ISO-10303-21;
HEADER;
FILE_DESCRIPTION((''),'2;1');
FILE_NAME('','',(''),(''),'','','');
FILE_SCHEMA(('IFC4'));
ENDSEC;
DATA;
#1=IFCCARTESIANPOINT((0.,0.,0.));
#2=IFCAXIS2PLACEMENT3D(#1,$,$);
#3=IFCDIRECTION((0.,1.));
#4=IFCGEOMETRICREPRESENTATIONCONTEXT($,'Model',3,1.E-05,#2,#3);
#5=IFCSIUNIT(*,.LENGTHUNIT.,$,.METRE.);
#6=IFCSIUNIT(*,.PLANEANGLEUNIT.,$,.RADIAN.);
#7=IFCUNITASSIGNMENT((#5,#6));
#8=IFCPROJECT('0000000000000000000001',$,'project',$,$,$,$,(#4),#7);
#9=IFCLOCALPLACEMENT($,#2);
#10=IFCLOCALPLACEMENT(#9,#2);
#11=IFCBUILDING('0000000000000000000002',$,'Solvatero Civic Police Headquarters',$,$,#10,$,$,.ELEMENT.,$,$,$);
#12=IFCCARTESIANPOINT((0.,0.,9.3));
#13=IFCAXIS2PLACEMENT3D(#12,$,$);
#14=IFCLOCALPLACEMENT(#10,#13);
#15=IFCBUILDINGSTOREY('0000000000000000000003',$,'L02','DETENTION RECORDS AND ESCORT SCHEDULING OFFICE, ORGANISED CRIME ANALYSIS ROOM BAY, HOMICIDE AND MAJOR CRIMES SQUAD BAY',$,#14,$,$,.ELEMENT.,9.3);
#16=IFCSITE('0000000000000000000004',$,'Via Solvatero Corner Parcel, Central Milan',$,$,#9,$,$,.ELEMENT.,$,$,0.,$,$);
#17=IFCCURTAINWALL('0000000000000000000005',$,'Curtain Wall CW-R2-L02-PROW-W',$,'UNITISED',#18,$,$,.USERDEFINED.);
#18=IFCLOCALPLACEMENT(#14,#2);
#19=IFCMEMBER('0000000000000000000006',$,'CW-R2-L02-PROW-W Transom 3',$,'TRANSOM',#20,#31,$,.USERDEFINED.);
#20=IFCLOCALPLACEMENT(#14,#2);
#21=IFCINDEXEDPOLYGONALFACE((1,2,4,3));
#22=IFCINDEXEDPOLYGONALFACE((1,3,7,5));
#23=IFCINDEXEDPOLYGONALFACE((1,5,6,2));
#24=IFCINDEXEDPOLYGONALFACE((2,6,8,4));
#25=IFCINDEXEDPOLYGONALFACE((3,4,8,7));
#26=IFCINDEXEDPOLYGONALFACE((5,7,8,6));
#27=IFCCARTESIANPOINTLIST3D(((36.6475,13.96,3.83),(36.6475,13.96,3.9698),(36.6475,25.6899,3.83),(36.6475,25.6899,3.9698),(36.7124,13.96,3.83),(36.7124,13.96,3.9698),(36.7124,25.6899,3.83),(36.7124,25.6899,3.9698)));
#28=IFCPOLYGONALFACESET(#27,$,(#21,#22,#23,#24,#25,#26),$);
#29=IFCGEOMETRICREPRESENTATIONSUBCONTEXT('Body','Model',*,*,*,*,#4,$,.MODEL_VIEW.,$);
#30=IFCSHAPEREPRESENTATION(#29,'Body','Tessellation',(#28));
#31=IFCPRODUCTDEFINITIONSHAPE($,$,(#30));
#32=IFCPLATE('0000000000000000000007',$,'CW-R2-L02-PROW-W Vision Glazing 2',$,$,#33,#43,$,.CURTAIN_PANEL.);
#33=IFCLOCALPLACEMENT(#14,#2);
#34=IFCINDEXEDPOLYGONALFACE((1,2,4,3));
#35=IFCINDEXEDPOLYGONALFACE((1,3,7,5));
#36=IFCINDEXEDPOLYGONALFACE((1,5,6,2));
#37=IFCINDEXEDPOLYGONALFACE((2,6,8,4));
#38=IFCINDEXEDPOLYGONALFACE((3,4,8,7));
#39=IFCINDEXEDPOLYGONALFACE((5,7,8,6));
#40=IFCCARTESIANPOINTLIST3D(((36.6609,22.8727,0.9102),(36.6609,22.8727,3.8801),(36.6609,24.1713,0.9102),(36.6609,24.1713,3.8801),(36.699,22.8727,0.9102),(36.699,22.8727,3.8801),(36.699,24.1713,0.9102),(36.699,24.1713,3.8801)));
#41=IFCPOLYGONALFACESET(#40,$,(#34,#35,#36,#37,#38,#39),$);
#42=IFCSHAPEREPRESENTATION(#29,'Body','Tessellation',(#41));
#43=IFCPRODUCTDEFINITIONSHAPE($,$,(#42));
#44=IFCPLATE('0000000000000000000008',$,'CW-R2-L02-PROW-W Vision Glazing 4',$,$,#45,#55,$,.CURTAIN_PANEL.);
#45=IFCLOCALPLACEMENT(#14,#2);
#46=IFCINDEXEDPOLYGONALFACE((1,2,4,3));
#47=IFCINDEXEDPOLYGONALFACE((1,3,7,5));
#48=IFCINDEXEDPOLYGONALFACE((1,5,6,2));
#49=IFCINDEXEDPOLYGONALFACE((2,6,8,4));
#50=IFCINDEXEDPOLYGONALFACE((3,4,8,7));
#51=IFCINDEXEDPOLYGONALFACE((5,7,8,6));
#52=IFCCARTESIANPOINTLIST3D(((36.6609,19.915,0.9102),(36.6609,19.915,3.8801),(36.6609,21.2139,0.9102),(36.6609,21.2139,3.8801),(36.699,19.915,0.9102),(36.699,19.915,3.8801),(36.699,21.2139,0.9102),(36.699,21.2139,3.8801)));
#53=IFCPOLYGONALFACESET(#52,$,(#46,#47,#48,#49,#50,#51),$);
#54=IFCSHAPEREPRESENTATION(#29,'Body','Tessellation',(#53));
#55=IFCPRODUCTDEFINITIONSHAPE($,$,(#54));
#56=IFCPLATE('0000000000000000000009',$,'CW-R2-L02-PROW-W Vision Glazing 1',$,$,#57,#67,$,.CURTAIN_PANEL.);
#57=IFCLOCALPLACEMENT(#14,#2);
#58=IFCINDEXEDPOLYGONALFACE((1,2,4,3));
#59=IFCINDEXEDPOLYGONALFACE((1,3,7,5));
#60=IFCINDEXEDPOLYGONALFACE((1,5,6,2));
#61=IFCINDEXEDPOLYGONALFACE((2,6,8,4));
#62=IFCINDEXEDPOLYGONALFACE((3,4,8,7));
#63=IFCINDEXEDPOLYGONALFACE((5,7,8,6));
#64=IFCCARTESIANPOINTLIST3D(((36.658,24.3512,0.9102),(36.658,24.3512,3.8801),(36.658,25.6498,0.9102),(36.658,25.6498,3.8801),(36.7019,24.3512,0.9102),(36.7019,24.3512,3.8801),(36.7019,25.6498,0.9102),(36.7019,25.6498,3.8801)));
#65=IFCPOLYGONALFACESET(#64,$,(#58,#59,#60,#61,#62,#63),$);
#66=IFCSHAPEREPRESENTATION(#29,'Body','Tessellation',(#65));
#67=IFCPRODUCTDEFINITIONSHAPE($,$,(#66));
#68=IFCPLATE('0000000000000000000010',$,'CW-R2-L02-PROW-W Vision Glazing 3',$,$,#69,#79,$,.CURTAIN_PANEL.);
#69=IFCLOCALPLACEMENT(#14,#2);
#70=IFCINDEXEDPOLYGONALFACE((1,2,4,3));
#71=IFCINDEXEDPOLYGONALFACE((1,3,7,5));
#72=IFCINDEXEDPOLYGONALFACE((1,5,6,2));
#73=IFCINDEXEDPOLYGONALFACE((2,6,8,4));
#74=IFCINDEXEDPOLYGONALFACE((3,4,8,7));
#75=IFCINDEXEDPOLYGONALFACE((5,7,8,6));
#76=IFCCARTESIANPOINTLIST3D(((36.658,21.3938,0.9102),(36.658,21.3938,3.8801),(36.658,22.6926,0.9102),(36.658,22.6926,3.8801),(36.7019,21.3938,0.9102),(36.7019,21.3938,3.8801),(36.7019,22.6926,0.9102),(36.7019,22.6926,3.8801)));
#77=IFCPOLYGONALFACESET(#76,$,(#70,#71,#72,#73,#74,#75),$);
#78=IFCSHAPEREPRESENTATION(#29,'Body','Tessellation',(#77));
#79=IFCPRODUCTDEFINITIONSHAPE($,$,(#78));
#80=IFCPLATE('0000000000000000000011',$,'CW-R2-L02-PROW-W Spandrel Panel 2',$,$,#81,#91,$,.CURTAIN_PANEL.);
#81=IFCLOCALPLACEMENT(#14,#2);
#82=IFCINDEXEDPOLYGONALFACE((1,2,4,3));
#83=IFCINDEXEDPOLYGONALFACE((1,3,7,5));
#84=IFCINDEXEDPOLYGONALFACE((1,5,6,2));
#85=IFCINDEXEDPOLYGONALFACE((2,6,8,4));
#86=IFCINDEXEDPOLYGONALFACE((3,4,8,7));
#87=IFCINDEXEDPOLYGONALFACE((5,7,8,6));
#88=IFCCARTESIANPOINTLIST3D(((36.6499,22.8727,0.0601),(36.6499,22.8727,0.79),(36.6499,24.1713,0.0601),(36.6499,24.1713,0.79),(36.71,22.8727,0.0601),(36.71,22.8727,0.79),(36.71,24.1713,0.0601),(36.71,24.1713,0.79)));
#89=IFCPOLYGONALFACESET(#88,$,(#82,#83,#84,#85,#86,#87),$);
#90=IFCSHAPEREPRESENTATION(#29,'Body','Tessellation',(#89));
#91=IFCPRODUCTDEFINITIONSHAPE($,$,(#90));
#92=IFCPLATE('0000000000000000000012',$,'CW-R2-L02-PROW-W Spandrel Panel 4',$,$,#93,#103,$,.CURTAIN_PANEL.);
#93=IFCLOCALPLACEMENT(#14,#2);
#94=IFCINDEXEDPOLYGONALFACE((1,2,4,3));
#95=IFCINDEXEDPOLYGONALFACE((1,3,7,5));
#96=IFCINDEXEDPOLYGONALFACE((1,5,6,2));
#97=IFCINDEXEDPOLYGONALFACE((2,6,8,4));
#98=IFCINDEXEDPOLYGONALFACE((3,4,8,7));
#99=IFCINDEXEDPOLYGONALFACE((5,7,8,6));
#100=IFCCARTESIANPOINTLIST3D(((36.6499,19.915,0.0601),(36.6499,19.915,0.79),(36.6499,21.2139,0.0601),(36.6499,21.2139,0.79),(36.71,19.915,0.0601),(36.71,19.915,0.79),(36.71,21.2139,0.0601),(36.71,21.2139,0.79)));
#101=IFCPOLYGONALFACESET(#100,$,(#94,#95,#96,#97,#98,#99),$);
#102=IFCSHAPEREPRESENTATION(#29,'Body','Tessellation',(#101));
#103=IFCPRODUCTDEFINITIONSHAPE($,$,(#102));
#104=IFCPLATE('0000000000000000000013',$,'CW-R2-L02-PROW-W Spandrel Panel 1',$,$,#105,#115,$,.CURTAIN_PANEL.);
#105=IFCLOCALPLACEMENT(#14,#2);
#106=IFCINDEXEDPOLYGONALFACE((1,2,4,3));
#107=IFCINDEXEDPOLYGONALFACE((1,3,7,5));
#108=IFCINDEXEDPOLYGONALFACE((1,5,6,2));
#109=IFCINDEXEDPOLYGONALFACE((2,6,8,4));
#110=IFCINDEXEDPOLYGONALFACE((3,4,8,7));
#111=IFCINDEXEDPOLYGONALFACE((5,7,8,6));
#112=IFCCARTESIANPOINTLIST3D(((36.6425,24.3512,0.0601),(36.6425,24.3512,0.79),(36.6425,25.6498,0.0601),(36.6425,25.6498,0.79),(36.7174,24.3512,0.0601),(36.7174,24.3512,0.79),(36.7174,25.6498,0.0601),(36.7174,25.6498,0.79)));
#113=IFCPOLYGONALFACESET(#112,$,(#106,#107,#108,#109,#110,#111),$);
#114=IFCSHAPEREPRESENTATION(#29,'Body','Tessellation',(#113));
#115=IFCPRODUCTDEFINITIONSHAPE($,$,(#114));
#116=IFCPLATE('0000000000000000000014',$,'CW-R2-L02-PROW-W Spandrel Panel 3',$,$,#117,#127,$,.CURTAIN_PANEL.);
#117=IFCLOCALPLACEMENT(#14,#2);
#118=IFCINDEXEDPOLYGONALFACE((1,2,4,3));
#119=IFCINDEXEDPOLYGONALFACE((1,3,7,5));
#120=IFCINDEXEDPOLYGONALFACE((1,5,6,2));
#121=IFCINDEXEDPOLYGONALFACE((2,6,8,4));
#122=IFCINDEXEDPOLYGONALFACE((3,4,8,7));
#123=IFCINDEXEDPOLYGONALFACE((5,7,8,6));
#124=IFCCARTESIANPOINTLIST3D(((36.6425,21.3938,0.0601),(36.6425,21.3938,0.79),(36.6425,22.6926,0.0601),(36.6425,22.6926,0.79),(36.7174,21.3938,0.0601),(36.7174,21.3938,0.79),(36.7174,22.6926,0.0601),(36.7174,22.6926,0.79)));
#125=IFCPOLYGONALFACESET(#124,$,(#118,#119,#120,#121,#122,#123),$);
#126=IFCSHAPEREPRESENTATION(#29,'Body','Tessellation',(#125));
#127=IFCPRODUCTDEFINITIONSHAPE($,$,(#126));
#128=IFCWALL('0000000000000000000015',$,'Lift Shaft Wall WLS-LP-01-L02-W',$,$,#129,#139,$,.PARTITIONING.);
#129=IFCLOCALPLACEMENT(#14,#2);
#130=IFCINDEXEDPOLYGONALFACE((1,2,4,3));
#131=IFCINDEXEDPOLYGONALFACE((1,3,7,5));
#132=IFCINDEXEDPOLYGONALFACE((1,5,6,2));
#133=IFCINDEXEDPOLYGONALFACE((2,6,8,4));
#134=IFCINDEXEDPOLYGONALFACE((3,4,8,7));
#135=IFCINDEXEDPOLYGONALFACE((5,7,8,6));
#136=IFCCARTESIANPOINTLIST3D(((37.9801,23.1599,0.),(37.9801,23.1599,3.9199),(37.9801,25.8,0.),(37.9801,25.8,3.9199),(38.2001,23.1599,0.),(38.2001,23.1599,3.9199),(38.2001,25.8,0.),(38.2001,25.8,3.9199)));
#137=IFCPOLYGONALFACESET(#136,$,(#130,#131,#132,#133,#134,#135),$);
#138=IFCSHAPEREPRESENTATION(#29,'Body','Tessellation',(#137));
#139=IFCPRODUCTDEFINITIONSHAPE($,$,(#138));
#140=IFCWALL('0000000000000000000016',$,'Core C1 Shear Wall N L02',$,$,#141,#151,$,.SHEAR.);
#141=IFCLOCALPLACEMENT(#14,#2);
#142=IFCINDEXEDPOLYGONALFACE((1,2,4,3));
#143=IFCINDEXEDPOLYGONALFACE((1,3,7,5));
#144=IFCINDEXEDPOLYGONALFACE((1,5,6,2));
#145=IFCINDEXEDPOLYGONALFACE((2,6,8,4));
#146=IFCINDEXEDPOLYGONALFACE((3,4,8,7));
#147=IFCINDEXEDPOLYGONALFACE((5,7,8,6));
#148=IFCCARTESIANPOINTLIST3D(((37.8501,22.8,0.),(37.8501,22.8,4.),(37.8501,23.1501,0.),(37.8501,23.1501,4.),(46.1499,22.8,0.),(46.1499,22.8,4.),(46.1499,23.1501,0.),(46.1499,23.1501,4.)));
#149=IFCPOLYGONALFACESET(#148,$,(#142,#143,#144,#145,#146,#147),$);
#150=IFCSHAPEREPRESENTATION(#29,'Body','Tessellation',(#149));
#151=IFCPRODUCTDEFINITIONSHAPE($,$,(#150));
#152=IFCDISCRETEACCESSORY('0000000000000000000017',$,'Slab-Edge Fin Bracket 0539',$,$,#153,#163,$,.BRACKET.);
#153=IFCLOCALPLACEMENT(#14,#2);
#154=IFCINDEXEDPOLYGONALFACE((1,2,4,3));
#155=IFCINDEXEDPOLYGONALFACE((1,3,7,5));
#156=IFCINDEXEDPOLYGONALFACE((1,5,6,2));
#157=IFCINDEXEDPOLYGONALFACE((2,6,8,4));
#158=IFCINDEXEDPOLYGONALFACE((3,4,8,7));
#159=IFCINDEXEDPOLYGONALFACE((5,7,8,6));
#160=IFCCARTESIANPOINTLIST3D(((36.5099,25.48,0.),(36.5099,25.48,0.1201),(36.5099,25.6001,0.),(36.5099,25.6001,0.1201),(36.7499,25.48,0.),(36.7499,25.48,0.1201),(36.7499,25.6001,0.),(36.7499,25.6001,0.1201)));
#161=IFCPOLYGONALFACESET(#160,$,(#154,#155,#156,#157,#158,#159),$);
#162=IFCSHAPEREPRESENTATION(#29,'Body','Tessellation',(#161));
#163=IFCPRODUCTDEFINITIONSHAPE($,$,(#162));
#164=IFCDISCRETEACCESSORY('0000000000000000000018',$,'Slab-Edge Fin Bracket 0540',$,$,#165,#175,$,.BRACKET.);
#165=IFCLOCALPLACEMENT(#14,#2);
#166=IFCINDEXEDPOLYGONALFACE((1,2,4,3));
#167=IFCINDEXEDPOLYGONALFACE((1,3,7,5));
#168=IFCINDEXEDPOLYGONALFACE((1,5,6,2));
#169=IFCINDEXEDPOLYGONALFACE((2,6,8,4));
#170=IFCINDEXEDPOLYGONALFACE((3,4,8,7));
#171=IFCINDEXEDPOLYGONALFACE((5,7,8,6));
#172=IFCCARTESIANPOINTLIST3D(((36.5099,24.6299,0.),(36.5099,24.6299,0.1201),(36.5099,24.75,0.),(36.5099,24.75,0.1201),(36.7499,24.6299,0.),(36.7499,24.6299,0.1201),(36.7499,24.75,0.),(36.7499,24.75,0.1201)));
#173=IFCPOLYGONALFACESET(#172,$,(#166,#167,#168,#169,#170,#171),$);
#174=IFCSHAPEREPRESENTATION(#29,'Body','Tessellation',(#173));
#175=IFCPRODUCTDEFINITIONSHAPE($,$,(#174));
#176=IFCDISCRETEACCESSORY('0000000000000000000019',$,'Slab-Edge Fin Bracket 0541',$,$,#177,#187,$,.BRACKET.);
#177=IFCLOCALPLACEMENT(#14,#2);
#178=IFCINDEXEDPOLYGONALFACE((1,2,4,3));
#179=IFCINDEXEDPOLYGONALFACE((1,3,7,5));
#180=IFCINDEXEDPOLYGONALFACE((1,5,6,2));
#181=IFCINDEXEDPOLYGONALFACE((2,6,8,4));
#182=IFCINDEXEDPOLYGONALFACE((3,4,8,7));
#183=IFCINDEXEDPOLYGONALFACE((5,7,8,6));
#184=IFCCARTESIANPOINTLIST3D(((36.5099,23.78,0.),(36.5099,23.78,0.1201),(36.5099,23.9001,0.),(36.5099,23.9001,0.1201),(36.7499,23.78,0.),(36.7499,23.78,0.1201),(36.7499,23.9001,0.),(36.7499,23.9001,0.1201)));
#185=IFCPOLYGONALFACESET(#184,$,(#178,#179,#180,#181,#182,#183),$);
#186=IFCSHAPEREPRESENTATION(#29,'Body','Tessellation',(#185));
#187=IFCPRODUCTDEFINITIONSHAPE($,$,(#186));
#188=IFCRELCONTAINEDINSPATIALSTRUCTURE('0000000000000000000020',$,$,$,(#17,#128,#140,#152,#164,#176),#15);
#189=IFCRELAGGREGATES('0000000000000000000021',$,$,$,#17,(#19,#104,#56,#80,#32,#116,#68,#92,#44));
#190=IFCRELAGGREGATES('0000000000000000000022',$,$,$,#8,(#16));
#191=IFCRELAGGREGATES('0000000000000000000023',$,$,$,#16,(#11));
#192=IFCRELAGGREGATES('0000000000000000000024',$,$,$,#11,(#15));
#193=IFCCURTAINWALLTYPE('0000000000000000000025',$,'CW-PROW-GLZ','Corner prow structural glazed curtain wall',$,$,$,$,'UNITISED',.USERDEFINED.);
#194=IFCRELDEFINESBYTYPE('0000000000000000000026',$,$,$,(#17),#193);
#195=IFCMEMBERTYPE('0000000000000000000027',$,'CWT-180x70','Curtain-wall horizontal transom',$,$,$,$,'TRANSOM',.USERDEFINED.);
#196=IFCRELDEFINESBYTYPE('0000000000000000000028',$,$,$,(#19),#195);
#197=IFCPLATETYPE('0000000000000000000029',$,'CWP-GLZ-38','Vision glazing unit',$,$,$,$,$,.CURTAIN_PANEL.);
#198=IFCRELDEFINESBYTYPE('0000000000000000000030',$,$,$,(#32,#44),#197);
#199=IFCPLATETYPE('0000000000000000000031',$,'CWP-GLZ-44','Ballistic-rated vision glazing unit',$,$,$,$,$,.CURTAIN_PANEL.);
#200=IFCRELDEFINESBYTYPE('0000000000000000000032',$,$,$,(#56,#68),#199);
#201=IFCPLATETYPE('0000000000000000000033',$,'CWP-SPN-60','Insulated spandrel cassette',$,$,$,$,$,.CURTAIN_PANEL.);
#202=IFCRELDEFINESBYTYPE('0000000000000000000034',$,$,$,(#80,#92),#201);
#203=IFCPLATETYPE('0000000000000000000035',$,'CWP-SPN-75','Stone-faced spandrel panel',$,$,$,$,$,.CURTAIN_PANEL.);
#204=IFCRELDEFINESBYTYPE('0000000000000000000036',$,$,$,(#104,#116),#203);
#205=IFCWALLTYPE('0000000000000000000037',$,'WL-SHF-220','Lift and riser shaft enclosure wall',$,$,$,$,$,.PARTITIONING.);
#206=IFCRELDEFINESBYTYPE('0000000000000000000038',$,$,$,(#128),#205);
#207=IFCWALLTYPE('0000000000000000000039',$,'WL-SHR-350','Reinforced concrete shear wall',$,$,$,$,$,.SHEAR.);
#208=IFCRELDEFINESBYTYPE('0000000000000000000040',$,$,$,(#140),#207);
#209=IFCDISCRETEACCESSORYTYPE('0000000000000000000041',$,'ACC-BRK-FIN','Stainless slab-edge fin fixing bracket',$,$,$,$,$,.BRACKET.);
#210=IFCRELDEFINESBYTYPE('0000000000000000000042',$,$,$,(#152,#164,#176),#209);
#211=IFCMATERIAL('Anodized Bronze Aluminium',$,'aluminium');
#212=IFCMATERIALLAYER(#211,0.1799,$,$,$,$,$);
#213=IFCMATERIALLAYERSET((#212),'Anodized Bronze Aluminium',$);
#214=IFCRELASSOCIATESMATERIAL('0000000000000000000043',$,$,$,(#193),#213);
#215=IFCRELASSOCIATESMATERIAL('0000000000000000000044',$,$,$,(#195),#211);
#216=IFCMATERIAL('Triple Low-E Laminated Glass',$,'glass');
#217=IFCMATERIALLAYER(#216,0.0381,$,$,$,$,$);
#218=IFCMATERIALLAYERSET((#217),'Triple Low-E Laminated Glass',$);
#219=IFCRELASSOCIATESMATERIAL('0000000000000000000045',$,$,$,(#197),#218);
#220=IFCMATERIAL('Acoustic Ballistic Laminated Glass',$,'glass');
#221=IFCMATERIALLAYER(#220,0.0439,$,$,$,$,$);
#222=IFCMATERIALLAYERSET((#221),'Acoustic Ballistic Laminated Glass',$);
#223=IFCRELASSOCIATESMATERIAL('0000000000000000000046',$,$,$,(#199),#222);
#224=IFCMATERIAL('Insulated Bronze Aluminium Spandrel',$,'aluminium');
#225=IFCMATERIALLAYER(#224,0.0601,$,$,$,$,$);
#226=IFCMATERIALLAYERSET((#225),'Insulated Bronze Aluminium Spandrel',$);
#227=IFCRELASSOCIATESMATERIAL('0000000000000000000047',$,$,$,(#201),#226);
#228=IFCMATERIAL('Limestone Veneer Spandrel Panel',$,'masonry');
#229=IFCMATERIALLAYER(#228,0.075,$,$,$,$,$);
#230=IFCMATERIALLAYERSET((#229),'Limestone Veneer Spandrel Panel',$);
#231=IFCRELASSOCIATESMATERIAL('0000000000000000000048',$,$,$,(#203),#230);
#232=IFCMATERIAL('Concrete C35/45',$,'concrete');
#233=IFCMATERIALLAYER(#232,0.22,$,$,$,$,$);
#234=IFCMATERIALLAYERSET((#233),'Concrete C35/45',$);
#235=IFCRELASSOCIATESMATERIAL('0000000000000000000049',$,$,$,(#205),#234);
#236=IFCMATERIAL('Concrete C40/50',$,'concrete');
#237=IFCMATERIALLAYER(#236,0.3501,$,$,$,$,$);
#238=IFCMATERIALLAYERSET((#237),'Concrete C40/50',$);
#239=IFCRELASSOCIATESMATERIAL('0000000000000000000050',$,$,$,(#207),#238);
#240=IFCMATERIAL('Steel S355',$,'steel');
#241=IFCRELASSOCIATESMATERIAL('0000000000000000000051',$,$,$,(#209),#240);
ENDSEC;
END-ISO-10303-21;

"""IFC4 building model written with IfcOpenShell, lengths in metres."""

from ifc_helpers import new_model, si_unit, direction, frame, frame_2d, origin, origin_2d, place, context, subcontext, project, spatial, rectangle, extrude, material, layer, layer_set, material_profile, profile_set, type_object, element, aggregate, save


model = new_model("IFC4")

# Units and contexts
model_context = context("Model", 3, precision=1e-05, world=origin(), true_north=direction((0.0, 1.0)))
body_context = subcontext(model_context, "Body", "Model", "MODEL_VIEW")
ifc_project = project(units=[si_unit("LENGTHUNIT", "METRE"), si_unit("PLANEANGLEUNIT", "RADIAN")], contexts=[model_context])

# Site, building, storey
site_placement = place(None, origin())
site = spatial("IfcSite", under=ifc_project, at=site_placement, Name="Via Solvatero Corner Parcel, Central Milan", CompositionType="ELEMENT", RefElevation=0.0)
building_placement = place(site_placement, origin())
building = spatial("IfcBuilding", under=site, at=building_placement, Name="Solvatero Civic Police Headquarters", CompositionType="ELEMENT")
storey_placement = place(building_placement, frame((0.0, 0.0, 9.3)))
storey = spatial("IfcBuildingStorey", under=building, at=storey_placement, Name="L02", Description="DETENTION RECORDS AND ESCORT SCHEDULING OFFICE, ORGANISED CRIME ANALYSIS ROOM BAY, HOMICIDE AND MAJOR CRIMES SQUAD BAY", CompositionType="ELEMENT", Elevation=9.3)

# Shared definitions
ifc_material_1 = material(Name="Steel S355", Category="steel")

# Curtain wall, member, plates
ifc_material_2 = material(Name="Anodized Bronze Aluminium", Category="aluminium")
ifc_layer_1 = layer(ifc_material_2, 0.1799)
ifc_layer_set_1 = layer_set([ifc_layer_1], Name="Anodized Bronze Aluminium")
curtain_wall_type = type_object("IfcCurtainWallType", Name="CW-PROW-GLZ", Description="Corner prow structural glazed curtain wall", ElementType="UNITISED", PredefinedType="USERDEFINED", material=ifc_layer_set_1)
curtain_wall_placement = place(storey_placement, origin())
curtain_wall = element("IfcCurtainWall", 1, at=curtain_wall_placement, inside=storey, type_object=curtain_wall_type, Name="Curtain Wall CW-R2-L02-PROW-W", ObjectType="UNITISED", PredefinedType="USERDEFINED")
ifc_material_profile_1 = material_profile(ifc_material_2, rectangle(XDim=0.0649, YDim=0.1399, at=origin_2d()), Name="ALU TRANSOM 65x140")
ifc_profile_set_1 = profile_set([ifc_material_profile_1], Name="Anodized Bronze Aluminium")
member_type_1 = type_object("IfcMemberType", Name="CWT-180x70", Description="Curtain-wall horizontal transom", ElementType="TRANSOM", PredefinedType="USERDEFINED", material=ifc_profile_set_1)
member_1_placement = place(storey_placement, frame((36.6799, 25.6899, 3.8999), z_axis=(0.0, -1.0, 0.0), x_axis=(1.0, 0.0, 0.0)))
member_1 = element("IfcMember", 2, at=member_1_placement, type_object=member_type_1, Name="CW-R2-L02-PROW-W Transom 3", ObjectType="TRANSOM", PredefinedType="USERDEFINED", context=body_context, shape_type="SweptSolid", body=[
    extrude(rectangle(XDim=0.0649, YDim=0.1399, at=origin_2d()), origin(), (0.0, 0.0, 1.0), 11.73),
])
ifc_material_3 = material(Name="Triple Low-E Laminated Glass", Category="glass")
ifc_layer_2 = layer(ifc_material_3, 0.0381)
ifc_layer_set_2 = layer_set([ifc_layer_2], Name="Triple Low-E Laminated Glass")
plate_type_1 = type_object("IfcPlateType", Name="CWP-GLZ-38", Description="Vision glazing unit", PredefinedType="CURTAIN_PANEL", material=ifc_layer_set_2)
plate_1_placement = place(storey_placement, frame((36.6799, 23.522, 0.9102), z_axis=(0.0, 0.0, 1.0), x_axis=(0.0, -1.0, 0.0)))
plate_1 = element("IfcPlate", 3, at=plate_1_placement, type_object=plate_type_1, Name="CW-R2-L02-PROW-W Vision Glazing 2", PredefinedType="CURTAIN_PANEL", context=body_context, shape_type="SweptSolid", body=[
    extrude(rectangle(XDim=1.2986, YDim=0.0381, at=origin_2d()), origin(), (0.0, 0.0, 1.0), 2.97),
])
plate_2_placement = place(storey_placement, frame((36.6799, 20.5645, 0.9102), z_axis=(0.0, 0.0, 1.0), x_axis=(0.0, -1.0, 0.0)))
plate_2 = element("IfcPlate", 4, at=plate_2_placement, type_object=plate_type_1, Name="CW-R2-L02-PROW-W Vision Glazing 4", PredefinedType="CURTAIN_PANEL", context=body_context, shape_type="SweptSolid", body=[
    extrude(rectangle(XDim=1.2988, YDim=0.0381, at=origin_2d()), origin(), (0.0, 0.0, 1.0), 2.97),
])
ifc_material_4 = material(Name="Acoustic Ballistic Laminated Glass", Category="glass")
ifc_layer_3 = layer(ifc_material_4, 0.0439)
ifc_layer_set_3 = layer_set([ifc_layer_3], Name="Acoustic Ballistic Laminated Glass")
plate_type_2 = type_object("IfcPlateType", Name="CWP-GLZ-44", Description="Ballistic-rated vision glazing unit", PredefinedType="CURTAIN_PANEL", material=ifc_layer_set_3)
plate_3_placement = place(storey_placement, frame((36.6799, 25.0005, 0.9102), z_axis=(0.0, 0.0, 1.0), x_axis=(0.0, -1.0, 0.0)))
plate_3 = element("IfcPlate", 5, at=plate_3_placement, type_object=plate_type_2, Name="CW-R2-L02-PROW-W Vision Glazing 1", PredefinedType="CURTAIN_PANEL", context=body_context, shape_type="SweptSolid", body=[
    extrude(rectangle(XDim=1.2986, YDim=0.0439, at=origin_2d()), origin(), (0.0, 0.0, 1.0), 2.97),
])
plate_4_placement = place(storey_placement, frame((36.6799, 22.0432, 0.9102), z_axis=(0.0, 0.0, 1.0), x_axis=(0.0, -1.0, 0.0)))
plate_4 = element("IfcPlate", 6, at=plate_4_placement, type_object=plate_type_2, Name="CW-R2-L02-PROW-W Vision Glazing 3", PredefinedType="CURTAIN_PANEL", context=body_context, shape_type="SweptSolid", body=[
    extrude(rectangle(XDim=1.2988, YDim=0.0439, at=origin_2d()), origin(), (0.0, 0.0, 1.0), 2.97),
])
ifc_material_5 = material(Name="Insulated Bronze Aluminium Spandrel", Category="aluminium")
ifc_layer_4 = layer(ifc_material_5, 0.0601)
ifc_layer_set_4 = layer_set([ifc_layer_4], Name="Insulated Bronze Aluminium Spandrel")
plate_type_3 = type_object("IfcPlateType", Name="CWP-SPN-60", Description="Insulated spandrel cassette", PredefinedType="CURTAIN_PANEL", material=ifc_layer_set_4)
plate_5_placement = place(storey_placement, frame((36.6799, 23.522, 0.0601), z_axis=(0.0, 0.0, 1.0), x_axis=(0.0, -1.0, 0.0)))
plate_5 = element("IfcPlate", 7, at=plate_5_placement, type_object=plate_type_3, Name="CW-R2-L02-PROW-W Spandrel Panel 2", PredefinedType="CURTAIN_PANEL", context=body_context, shape_type="SweptSolid", body=[
    extrude(rectangle(XDim=1.2986, YDim=0.0601, at=origin_2d()), origin(), (0.0, 0.0, 1.0), 0.73),
])
plate_6_placement = place(storey_placement, frame((36.6799, 20.5645, 0.0601), z_axis=(0.0, 0.0, 1.0), x_axis=(0.0, -1.0, 0.0)))
plate_6 = element("IfcPlate", 8, at=plate_6_placement, type_object=plate_type_3, Name="CW-R2-L02-PROW-W Spandrel Panel 4", PredefinedType="CURTAIN_PANEL", context=body_context, shape_type="SweptSolid", body=[
    extrude(rectangle(XDim=1.2988, YDim=0.0601, at=origin_2d()), origin(), (0.0, 0.0, 1.0), 0.73),
])
ifc_material_6 = material(Name="Limestone Veneer Spandrel Panel", Category="masonry")
ifc_layer_5 = layer(ifc_material_6, 0.075)
ifc_layer_set_5 = layer_set([ifc_layer_5], Name="Limestone Veneer Spandrel Panel")
plate_type_4 = type_object("IfcPlateType", Name="CWP-SPN-75", Description="Stone-faced spandrel panel", PredefinedType="CURTAIN_PANEL", material=ifc_layer_set_5)
plate_7_placement = place(storey_placement, frame((36.6799, 25.0005, 0.0601), z_axis=(0.0, 0.0, 1.0), x_axis=(0.0, -1.0, 0.0)))
plate_7 = element("IfcPlate", 9, at=plate_7_placement, type_object=plate_type_4, Name="CW-R2-L02-PROW-W Spandrel Panel 1", PredefinedType="CURTAIN_PANEL", context=body_context, shape_type="SweptSolid", body=[
    extrude(rectangle(XDim=1.2986, YDim=0.075, at=origin_2d()), origin(), (0.0, 0.0, 1.0), 0.73),
])
plate_8_placement = place(storey_placement, frame((36.6799, 22.0432, 0.0601), z_axis=(0.0, 0.0, 1.0), x_axis=(0.0, -1.0, 0.0)))
plate_8 = element("IfcPlate", 10, at=plate_8_placement, type_object=plate_type_4, Name="CW-R2-L02-PROW-W Spandrel Panel 3", PredefinedType="CURTAIN_PANEL", context=body_context, shape_type="SweptSolid", body=[
    extrude(rectangle(XDim=1.2988, YDim=0.075, at=origin_2d()), origin(), (0.0, 0.0, 1.0), 0.73),
])
aggregate(curtain_wall, [member_1, plate_7, plate_3, plate_5, plate_1, plate_8, plate_4, plate_6, plate_2])

# Shared definitions
ifc_material_7 = material(Name="Concrete C35/45", Category="concrete")
ifc_layer_6 = layer(ifc_material_7, 0.22)
ifc_layer_set_6 = layer_set([ifc_layer_6], Name="Concrete C35/45")
wall_type_1 = type_object("IfcWallType", Name="WL-SHF-220", Description="Lift and riser shaft enclosure wall", PredefinedType="PARTITIONING", material=ifc_layer_set_6)

# Walls
wall_1_placement = place(storey_placement, frame((38.0901, 23.1599, 0.0), z_axis=(0.0, 0.0, 1.0), x_axis=(0.0, 1.0, 0.0)))
element("IfcWall", 11, at=wall_1_placement, inside=storey, type_object=wall_type_1, Name="Lift Shaft Wall WLS-LP-01-L02-W", PredefinedType="PARTITIONING", context=body_context, shape_type="SweptSolid", body=[
    extrude(rectangle(XDim=2.6401, YDim=0.22, at=frame_2d((1.3201, 0.0))), origin(), (0.0, 0.0, 1.0), 3.9199),
])
ifc_material_8 = material(Name="Concrete C40/50", Category="concrete")
ifc_layer_7 = layer(ifc_material_8, 0.3501)
ifc_layer_set_7 = layer_set([ifc_layer_7], Name="Concrete C40/50")
wall_type_2 = type_object("IfcWallType", Name="WL-SHR-350", Description="Reinforced concrete shear wall", PredefinedType="SHEAR", material=ifc_layer_set_7)
wall_2_placement = place(storey_placement, frame((37.8501, 22.9751, 0.0), z_axis=(0.0, 0.0, 1.0), x_axis=(1.0, 0.0, 0.0)))
element("IfcWall", 12, at=wall_2_placement, inside=storey, type_object=wall_type_2, Name="Core C1 Shear Wall N L02", PredefinedType="SHEAR", context=body_context, shape_type="SweptSolid", body=[
    extrude(rectangle(XDim=8.2998, YDim=0.3501, at=frame_2d((4.1499, 0.0))), origin(), (0.0, 0.0, 1.0), 4.0),
])

# Discrete accessories
discrete_accessory_type = type_object("IfcDiscreteAccessoryType", Name="ACC-BRK-FIN", Description="Stainless slab-edge fin fixing bracket", PredefinedType="BRACKET", material=ifc_material_1)
for number, where, z_axis, x_axis, name in (
    (13, (36.6299, 25.54, 0.0), (0.0, 0.0, 1.0), (0.0, -1.0, 0.0), "Slab-Edge Fin Bracket 0539"),
    (14, (36.6299, 24.6899, 0.0), (0.0, 0.0, 1.0), (0.0, -1.0, 0.0), "Slab-Edge Fin Bracket 0540"),
    (15, (36.6299, 23.8401, 0.0), (0.0, 0.0, 1.0), (0.0, -1.0, 0.0), "Slab-Edge Fin Bracket 0541"),
):
    element("IfcDiscreteAccessory", number, at=place(storey_placement, frame(where, z_axis=z_axis, x_axis=x_axis)), inside=storey, type_object=discrete_accessory_type, Name=name, PredefinedType="BRACKET", context=body_context, shape_type="SweptSolid", body=[
        extrude(rectangle(XDim=0.1201, YDim=0.24, at=origin_2d()), origin(), (0.0, 0.0, 1.0), 0.1201),
    ])

save(model, "model.ifc")
